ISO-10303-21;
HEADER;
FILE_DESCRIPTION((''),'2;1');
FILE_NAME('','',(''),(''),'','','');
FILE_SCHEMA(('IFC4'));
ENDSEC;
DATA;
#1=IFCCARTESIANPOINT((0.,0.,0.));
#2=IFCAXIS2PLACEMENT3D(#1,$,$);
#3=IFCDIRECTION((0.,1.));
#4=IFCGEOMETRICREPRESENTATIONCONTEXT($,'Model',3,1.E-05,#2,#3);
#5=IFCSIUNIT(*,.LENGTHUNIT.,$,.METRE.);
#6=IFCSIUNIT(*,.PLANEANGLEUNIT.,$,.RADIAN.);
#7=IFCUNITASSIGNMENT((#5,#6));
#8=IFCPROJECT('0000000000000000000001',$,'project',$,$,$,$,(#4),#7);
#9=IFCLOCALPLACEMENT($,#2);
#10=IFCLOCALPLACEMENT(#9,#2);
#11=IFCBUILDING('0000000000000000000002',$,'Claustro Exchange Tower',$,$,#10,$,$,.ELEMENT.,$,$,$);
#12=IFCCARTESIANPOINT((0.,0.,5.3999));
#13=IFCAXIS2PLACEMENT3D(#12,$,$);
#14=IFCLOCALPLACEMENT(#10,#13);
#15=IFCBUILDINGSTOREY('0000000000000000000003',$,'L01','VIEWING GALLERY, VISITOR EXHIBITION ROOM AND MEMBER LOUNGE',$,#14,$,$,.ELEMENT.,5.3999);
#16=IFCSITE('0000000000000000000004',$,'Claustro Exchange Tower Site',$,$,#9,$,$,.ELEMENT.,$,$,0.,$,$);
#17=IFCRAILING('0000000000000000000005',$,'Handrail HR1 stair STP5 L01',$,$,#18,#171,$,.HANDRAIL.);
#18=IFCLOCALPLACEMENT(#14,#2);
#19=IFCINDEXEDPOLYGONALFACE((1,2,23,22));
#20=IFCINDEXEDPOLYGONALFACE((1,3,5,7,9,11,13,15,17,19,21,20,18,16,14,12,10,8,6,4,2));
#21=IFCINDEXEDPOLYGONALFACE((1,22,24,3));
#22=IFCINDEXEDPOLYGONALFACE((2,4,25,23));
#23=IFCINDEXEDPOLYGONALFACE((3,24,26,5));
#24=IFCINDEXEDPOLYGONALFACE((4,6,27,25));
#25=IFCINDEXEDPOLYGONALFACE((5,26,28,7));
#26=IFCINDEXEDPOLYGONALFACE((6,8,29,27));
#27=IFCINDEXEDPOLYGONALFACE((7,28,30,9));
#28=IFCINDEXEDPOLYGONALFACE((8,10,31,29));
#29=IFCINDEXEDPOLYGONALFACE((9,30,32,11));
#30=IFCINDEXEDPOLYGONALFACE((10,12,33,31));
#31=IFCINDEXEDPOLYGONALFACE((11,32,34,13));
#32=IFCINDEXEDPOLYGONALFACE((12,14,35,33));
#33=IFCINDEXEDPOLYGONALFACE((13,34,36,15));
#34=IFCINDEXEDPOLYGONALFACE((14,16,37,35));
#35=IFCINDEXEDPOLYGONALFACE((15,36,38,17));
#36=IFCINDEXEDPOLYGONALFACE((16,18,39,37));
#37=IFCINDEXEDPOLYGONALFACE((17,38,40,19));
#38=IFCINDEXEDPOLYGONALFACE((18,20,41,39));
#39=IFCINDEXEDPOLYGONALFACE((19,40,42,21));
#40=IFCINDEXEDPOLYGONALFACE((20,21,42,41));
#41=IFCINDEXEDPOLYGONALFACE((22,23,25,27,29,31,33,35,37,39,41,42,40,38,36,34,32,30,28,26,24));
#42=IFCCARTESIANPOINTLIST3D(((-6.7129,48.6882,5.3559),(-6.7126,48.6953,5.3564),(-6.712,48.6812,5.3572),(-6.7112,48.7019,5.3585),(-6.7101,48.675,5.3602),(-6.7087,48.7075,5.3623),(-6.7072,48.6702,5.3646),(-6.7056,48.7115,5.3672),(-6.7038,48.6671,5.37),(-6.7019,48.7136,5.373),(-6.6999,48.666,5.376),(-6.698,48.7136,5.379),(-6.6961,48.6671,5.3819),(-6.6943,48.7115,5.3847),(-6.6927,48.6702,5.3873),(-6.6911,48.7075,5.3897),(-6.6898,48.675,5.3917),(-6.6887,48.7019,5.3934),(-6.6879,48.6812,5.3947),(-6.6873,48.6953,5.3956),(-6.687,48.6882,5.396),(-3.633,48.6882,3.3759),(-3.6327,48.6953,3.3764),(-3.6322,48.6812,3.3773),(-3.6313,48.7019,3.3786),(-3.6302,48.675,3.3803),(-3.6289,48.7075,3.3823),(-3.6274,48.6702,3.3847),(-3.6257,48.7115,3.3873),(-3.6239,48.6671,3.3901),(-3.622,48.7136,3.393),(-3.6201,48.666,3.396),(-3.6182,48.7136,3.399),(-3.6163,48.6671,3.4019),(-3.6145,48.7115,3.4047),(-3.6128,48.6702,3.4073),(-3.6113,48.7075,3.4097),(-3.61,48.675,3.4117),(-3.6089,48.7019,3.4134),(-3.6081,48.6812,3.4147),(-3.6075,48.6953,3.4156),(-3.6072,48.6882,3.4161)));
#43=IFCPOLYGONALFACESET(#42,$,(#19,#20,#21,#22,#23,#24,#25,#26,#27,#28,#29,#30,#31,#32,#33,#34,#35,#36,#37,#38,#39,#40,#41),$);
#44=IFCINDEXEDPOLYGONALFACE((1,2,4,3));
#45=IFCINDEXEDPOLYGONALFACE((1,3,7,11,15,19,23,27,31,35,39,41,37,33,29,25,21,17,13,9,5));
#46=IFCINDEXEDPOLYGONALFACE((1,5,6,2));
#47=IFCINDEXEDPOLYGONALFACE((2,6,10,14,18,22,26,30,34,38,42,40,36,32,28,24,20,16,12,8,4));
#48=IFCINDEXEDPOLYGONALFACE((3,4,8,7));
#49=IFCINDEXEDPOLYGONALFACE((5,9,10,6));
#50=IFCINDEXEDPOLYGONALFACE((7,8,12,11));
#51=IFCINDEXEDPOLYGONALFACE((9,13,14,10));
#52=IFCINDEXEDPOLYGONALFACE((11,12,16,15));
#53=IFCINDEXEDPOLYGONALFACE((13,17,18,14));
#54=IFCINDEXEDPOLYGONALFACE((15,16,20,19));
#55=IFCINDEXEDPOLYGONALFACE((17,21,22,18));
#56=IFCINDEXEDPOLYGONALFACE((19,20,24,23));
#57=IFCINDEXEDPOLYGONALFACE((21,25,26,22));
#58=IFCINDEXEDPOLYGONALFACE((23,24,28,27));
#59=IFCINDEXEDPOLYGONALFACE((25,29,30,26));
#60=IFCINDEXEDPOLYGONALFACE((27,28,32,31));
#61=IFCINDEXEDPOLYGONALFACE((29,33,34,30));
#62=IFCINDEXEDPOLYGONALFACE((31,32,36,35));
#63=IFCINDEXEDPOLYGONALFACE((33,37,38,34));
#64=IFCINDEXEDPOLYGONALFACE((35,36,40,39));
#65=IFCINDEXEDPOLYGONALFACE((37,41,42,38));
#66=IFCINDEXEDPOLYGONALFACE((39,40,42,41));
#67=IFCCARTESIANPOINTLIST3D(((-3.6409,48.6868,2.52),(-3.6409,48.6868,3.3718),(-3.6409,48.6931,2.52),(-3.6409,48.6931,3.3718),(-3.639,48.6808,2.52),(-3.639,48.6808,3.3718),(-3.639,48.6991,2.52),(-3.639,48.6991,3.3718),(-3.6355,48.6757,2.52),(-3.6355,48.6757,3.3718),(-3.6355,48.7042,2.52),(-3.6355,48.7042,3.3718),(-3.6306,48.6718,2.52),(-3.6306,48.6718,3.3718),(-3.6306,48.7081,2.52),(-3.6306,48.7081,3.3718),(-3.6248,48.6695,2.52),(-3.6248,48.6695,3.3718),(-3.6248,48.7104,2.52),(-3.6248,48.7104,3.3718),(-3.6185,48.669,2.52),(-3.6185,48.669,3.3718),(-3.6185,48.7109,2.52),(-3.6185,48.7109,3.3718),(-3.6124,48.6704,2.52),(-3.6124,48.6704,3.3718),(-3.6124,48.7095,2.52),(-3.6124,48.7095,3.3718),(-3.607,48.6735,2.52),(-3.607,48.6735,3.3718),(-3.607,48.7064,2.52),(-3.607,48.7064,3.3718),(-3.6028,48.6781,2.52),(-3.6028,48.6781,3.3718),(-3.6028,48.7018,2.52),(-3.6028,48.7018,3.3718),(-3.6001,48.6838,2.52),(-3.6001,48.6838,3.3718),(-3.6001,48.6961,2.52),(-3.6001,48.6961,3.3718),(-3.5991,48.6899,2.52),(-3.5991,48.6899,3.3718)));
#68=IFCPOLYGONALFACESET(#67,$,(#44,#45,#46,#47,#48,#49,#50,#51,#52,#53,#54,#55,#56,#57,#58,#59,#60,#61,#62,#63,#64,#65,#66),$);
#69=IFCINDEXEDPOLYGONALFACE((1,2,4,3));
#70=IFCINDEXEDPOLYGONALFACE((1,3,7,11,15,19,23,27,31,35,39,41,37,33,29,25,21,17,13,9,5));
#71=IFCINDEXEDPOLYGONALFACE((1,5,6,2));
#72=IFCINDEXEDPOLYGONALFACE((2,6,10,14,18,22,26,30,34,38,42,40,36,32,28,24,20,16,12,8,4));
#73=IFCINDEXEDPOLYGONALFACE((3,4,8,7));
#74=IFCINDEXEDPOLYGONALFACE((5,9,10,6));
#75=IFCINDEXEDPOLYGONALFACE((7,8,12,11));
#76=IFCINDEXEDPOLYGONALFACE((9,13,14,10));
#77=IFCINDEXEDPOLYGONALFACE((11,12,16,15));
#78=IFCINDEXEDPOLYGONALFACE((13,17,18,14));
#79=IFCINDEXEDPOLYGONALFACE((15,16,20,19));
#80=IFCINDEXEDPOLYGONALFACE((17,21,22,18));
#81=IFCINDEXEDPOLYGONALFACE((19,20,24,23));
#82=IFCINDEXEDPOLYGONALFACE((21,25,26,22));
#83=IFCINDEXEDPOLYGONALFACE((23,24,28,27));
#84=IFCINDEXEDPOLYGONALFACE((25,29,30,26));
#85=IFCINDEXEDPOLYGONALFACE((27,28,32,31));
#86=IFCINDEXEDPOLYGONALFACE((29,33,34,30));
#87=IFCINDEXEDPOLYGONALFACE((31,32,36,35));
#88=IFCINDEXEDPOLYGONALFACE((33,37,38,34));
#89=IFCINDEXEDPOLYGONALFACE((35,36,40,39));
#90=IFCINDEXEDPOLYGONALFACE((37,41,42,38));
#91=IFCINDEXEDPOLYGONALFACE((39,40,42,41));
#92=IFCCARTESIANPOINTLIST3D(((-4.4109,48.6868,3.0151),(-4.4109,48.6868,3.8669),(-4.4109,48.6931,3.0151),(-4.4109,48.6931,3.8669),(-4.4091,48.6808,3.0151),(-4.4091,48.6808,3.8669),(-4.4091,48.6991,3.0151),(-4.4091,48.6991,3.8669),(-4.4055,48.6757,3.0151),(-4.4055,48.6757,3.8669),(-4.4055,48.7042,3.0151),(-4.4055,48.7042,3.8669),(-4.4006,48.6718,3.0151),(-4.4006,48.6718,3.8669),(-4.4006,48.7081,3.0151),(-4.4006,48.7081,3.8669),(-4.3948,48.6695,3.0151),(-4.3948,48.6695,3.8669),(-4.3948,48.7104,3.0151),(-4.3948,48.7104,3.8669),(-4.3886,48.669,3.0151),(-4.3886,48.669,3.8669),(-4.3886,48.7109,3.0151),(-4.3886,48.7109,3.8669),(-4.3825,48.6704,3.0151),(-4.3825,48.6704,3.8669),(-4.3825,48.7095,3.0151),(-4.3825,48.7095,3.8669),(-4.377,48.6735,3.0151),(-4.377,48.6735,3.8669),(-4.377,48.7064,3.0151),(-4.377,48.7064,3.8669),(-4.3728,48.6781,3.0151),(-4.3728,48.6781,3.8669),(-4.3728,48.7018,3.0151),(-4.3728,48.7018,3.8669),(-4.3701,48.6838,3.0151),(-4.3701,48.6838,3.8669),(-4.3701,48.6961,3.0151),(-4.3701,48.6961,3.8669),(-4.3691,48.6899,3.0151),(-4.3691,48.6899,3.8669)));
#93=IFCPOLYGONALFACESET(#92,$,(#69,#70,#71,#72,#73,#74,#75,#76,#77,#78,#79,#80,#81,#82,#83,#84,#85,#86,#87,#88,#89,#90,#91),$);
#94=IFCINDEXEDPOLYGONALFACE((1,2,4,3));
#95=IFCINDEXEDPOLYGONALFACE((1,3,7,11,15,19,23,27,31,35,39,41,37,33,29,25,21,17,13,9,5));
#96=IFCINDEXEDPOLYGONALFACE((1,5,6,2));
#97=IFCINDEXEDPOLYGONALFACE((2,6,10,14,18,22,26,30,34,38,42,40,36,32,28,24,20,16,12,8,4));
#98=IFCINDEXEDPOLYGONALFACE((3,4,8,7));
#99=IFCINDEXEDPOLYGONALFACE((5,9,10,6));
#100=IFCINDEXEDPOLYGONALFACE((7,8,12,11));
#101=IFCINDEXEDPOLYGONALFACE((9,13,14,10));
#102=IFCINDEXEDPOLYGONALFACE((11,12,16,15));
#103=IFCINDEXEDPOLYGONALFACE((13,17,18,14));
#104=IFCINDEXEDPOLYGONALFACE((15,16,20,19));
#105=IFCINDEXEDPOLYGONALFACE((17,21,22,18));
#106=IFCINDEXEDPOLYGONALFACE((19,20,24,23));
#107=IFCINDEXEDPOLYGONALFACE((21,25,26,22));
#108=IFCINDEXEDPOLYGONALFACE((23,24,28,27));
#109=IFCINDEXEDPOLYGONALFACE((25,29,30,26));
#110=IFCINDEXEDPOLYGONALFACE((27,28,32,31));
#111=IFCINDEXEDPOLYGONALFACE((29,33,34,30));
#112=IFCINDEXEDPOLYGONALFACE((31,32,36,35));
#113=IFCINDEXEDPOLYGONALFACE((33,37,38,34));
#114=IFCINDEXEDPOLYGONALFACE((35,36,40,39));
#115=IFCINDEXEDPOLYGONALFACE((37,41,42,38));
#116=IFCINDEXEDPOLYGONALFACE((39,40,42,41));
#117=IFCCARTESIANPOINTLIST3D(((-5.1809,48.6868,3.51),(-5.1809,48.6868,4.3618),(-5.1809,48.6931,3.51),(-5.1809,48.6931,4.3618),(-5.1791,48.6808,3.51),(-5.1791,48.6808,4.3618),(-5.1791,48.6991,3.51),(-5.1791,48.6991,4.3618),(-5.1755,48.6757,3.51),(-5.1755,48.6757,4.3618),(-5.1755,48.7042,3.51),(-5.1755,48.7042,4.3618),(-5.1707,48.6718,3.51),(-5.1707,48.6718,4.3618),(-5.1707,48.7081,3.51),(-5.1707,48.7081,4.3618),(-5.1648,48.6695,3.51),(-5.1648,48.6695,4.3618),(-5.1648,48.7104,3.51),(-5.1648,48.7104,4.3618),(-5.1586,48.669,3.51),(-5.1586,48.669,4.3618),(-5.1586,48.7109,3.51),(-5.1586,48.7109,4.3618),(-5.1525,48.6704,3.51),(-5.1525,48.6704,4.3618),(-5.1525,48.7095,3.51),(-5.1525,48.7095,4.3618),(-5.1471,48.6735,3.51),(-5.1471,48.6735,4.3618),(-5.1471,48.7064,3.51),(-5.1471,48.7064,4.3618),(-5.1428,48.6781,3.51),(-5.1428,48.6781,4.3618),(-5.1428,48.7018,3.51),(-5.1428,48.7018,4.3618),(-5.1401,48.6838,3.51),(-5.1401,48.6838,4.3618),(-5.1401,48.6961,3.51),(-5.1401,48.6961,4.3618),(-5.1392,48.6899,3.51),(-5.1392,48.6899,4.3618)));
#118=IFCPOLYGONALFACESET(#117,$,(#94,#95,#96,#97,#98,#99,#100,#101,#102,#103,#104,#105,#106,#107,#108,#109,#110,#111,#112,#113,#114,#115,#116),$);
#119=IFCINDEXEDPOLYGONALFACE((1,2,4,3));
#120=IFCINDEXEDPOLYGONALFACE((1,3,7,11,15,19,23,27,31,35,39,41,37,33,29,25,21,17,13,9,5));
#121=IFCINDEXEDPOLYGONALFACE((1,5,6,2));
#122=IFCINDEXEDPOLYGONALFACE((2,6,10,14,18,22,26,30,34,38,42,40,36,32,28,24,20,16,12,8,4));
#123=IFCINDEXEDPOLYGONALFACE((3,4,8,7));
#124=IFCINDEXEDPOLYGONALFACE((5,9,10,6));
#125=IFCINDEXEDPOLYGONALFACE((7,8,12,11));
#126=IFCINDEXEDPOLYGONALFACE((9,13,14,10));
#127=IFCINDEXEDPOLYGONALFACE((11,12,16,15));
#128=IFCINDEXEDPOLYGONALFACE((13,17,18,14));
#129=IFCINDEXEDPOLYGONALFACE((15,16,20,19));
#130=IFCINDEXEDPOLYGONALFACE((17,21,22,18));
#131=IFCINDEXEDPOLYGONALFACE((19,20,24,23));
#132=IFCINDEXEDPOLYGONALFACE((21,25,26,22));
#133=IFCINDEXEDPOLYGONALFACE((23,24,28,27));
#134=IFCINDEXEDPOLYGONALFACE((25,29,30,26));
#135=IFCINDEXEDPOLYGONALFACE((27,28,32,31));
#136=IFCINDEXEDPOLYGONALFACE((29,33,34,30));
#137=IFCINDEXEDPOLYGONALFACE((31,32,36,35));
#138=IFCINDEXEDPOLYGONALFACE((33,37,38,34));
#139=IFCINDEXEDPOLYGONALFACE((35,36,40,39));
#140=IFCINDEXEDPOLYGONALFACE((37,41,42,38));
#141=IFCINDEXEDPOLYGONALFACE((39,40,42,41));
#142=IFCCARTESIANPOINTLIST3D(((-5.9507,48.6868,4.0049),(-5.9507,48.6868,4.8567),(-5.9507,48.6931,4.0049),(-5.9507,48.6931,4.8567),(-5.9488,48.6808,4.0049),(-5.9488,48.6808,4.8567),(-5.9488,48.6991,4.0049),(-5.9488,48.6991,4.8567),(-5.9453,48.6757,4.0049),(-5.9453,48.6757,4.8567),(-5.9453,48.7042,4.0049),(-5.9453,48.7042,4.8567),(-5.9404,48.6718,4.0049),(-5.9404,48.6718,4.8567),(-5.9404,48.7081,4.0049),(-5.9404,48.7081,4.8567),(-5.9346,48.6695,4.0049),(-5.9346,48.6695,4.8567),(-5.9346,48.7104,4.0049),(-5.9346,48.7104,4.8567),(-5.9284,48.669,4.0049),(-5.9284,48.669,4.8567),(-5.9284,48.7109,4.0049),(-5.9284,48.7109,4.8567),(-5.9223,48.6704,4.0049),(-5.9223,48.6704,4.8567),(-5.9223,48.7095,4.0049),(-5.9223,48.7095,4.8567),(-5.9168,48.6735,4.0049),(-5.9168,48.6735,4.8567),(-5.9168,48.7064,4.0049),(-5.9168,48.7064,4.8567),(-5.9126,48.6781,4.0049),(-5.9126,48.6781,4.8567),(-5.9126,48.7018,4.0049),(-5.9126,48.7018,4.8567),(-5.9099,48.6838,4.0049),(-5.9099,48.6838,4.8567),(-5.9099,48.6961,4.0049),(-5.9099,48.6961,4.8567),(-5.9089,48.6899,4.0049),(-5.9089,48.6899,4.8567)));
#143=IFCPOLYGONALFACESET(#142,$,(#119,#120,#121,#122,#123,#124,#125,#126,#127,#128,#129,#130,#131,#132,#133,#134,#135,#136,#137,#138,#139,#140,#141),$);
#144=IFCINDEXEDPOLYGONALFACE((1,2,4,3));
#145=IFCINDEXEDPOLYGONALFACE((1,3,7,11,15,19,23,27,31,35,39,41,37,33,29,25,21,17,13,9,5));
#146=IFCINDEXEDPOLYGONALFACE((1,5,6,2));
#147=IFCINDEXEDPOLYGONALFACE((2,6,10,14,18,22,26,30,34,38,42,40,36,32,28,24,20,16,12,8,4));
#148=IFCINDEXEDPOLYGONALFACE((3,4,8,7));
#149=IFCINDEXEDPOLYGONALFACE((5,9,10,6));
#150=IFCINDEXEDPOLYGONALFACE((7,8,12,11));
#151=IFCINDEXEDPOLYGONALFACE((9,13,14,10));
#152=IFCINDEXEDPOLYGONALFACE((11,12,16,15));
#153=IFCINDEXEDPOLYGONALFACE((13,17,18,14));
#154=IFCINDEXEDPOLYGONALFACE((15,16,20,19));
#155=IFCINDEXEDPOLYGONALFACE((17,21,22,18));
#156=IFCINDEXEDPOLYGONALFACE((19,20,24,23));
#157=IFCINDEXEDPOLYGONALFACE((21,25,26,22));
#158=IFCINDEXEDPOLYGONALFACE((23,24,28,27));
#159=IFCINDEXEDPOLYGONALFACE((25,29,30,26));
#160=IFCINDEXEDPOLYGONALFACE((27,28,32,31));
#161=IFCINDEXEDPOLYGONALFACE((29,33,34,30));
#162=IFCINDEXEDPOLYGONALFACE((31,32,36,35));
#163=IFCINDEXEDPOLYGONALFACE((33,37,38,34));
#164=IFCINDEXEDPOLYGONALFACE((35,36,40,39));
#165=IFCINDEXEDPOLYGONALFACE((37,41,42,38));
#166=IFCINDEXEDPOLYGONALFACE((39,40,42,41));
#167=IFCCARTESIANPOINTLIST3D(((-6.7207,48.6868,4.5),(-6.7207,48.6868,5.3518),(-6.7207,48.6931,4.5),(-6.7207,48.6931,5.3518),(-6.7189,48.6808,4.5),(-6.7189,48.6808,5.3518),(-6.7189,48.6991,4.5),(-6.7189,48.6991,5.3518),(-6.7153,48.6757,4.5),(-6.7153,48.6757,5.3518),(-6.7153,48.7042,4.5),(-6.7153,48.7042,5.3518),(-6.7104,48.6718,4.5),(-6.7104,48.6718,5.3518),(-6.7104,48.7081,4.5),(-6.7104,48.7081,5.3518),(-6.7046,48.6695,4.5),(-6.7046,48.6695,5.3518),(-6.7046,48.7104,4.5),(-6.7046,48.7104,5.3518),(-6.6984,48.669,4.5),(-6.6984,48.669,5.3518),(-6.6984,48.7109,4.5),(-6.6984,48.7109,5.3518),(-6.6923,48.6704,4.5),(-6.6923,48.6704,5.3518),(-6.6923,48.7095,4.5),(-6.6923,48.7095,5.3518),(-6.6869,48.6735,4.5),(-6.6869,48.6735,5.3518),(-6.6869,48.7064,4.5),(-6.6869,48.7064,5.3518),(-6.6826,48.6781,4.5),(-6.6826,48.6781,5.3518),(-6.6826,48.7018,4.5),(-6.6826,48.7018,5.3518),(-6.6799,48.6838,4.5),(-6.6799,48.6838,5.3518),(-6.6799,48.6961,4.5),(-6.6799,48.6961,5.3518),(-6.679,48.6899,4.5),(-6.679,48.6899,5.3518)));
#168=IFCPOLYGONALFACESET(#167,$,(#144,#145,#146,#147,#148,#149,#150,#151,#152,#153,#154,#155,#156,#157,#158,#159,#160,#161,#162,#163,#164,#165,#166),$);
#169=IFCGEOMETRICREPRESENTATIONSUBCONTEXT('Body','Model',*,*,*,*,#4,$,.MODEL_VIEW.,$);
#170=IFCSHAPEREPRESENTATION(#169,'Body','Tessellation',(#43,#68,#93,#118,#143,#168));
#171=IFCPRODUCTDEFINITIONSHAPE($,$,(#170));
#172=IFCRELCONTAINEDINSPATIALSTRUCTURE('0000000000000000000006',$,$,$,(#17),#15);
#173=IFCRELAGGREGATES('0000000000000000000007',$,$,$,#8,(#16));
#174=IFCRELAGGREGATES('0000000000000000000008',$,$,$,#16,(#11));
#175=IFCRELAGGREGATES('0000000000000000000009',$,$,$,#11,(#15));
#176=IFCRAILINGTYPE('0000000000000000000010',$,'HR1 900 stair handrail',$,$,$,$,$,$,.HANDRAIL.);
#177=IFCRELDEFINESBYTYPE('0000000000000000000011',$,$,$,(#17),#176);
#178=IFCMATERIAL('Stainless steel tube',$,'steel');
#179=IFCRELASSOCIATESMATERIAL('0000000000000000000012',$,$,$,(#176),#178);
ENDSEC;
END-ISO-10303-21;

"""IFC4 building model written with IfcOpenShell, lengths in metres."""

from ifc_helpers import new_model, si_unit, direction, frame, origin, origin_2d, place, context, subcontext, project, spatial, circle, extrude, material, type_object, element, save


model = new_model("IFC4")

# Units and contexts
model_context = context("Model", 3, precision=1e-05, world=origin(), true_north=direction((0.0, 1.0)))
body_context = subcontext(model_context, "Body", "Model", "MODEL_VIEW")
ifc_project = project(units=[si_unit("LENGTHUNIT", "METRE"), si_unit("PLANEANGLEUNIT", "RADIAN")], contexts=[model_context])

# Site, building, storey
site_placement = place(None, origin())
site = spatial("IfcSite", under=ifc_project, at=site_placement, Name="Claustro Exchange Tower Site", CompositionType="ELEMENT", RefElevation=0.0)
building_placement = place(site_placement, origin())
building = spatial("IfcBuilding", under=site, at=building_placement, Name="Claustro Exchange Tower", CompositionType="ELEMENT")
storey_placement = place(building_placement, frame((0.0, 0.0, 5.3999)))
storey = spatial("IfcBuildingStorey", under=building, at=storey_placement, Name="L01", Description="VIEWING GALLERY, VISITOR EXHIBITION ROOM AND MEMBER LOUNGE", CompositionType="ELEMENT", Elevation=5.3999)

# Railing
ifc_material_1 = material(Name="Stainless steel tube", Category="steel")
railing_type_1 = type_object("IfcRailingType", Name="HR1 900 stair handrail", PredefinedType="HANDRAIL", material=ifc_material_1)
railing_1_placement = place(storey_placement, frame((-3.6201, 48.6899, 2.52)))
element("IfcRailing", 1, at=railing_1_placement, inside=storey, type_object=railing_type_1, Name="Handrail HR1 stair STP5 L01", PredefinedType="HANDRAIL", context=body_context, shape_type="SweptSolid", body=[
    extrude(circle(Radius=0.0239, at=origin_2d()), frame((0.0, 0.0, 0.876), z_axis=(-0.841168, 0.0, 0.540774), x_axis=(0.0, -1.0, 0.0)), (0.0, 0.0, 1.0), 3.6614),
    extrude(circle(Radius=0.021, at=origin_2d()), origin(), (0.0, 0.0, 1.0), 0.8518),
    extrude(circle(Radius=0.021, at=origin_2d()), frame((-0.77, 0.0, 0.4951)), (0.0, 0.0, 1.0), 0.8518),
    extrude(circle(Radius=0.021, at=origin_2d()), frame((-1.54, 0.0, 0.99)), (0.0, 0.0, 1.0), 0.8518),
    extrude(circle(Radius=0.021, at=origin_2d()), frame((-2.3098, 0.0, 1.4849)), (0.0, 0.0, 1.0), 0.8518),
    extrude(circle(Radius=0.021, at=origin_2d()), frame((-3.0798, 0.0, 1.98)), (0.0, 0.0, 1.0), 0.8518),
])

save(model, "model.ifc")
